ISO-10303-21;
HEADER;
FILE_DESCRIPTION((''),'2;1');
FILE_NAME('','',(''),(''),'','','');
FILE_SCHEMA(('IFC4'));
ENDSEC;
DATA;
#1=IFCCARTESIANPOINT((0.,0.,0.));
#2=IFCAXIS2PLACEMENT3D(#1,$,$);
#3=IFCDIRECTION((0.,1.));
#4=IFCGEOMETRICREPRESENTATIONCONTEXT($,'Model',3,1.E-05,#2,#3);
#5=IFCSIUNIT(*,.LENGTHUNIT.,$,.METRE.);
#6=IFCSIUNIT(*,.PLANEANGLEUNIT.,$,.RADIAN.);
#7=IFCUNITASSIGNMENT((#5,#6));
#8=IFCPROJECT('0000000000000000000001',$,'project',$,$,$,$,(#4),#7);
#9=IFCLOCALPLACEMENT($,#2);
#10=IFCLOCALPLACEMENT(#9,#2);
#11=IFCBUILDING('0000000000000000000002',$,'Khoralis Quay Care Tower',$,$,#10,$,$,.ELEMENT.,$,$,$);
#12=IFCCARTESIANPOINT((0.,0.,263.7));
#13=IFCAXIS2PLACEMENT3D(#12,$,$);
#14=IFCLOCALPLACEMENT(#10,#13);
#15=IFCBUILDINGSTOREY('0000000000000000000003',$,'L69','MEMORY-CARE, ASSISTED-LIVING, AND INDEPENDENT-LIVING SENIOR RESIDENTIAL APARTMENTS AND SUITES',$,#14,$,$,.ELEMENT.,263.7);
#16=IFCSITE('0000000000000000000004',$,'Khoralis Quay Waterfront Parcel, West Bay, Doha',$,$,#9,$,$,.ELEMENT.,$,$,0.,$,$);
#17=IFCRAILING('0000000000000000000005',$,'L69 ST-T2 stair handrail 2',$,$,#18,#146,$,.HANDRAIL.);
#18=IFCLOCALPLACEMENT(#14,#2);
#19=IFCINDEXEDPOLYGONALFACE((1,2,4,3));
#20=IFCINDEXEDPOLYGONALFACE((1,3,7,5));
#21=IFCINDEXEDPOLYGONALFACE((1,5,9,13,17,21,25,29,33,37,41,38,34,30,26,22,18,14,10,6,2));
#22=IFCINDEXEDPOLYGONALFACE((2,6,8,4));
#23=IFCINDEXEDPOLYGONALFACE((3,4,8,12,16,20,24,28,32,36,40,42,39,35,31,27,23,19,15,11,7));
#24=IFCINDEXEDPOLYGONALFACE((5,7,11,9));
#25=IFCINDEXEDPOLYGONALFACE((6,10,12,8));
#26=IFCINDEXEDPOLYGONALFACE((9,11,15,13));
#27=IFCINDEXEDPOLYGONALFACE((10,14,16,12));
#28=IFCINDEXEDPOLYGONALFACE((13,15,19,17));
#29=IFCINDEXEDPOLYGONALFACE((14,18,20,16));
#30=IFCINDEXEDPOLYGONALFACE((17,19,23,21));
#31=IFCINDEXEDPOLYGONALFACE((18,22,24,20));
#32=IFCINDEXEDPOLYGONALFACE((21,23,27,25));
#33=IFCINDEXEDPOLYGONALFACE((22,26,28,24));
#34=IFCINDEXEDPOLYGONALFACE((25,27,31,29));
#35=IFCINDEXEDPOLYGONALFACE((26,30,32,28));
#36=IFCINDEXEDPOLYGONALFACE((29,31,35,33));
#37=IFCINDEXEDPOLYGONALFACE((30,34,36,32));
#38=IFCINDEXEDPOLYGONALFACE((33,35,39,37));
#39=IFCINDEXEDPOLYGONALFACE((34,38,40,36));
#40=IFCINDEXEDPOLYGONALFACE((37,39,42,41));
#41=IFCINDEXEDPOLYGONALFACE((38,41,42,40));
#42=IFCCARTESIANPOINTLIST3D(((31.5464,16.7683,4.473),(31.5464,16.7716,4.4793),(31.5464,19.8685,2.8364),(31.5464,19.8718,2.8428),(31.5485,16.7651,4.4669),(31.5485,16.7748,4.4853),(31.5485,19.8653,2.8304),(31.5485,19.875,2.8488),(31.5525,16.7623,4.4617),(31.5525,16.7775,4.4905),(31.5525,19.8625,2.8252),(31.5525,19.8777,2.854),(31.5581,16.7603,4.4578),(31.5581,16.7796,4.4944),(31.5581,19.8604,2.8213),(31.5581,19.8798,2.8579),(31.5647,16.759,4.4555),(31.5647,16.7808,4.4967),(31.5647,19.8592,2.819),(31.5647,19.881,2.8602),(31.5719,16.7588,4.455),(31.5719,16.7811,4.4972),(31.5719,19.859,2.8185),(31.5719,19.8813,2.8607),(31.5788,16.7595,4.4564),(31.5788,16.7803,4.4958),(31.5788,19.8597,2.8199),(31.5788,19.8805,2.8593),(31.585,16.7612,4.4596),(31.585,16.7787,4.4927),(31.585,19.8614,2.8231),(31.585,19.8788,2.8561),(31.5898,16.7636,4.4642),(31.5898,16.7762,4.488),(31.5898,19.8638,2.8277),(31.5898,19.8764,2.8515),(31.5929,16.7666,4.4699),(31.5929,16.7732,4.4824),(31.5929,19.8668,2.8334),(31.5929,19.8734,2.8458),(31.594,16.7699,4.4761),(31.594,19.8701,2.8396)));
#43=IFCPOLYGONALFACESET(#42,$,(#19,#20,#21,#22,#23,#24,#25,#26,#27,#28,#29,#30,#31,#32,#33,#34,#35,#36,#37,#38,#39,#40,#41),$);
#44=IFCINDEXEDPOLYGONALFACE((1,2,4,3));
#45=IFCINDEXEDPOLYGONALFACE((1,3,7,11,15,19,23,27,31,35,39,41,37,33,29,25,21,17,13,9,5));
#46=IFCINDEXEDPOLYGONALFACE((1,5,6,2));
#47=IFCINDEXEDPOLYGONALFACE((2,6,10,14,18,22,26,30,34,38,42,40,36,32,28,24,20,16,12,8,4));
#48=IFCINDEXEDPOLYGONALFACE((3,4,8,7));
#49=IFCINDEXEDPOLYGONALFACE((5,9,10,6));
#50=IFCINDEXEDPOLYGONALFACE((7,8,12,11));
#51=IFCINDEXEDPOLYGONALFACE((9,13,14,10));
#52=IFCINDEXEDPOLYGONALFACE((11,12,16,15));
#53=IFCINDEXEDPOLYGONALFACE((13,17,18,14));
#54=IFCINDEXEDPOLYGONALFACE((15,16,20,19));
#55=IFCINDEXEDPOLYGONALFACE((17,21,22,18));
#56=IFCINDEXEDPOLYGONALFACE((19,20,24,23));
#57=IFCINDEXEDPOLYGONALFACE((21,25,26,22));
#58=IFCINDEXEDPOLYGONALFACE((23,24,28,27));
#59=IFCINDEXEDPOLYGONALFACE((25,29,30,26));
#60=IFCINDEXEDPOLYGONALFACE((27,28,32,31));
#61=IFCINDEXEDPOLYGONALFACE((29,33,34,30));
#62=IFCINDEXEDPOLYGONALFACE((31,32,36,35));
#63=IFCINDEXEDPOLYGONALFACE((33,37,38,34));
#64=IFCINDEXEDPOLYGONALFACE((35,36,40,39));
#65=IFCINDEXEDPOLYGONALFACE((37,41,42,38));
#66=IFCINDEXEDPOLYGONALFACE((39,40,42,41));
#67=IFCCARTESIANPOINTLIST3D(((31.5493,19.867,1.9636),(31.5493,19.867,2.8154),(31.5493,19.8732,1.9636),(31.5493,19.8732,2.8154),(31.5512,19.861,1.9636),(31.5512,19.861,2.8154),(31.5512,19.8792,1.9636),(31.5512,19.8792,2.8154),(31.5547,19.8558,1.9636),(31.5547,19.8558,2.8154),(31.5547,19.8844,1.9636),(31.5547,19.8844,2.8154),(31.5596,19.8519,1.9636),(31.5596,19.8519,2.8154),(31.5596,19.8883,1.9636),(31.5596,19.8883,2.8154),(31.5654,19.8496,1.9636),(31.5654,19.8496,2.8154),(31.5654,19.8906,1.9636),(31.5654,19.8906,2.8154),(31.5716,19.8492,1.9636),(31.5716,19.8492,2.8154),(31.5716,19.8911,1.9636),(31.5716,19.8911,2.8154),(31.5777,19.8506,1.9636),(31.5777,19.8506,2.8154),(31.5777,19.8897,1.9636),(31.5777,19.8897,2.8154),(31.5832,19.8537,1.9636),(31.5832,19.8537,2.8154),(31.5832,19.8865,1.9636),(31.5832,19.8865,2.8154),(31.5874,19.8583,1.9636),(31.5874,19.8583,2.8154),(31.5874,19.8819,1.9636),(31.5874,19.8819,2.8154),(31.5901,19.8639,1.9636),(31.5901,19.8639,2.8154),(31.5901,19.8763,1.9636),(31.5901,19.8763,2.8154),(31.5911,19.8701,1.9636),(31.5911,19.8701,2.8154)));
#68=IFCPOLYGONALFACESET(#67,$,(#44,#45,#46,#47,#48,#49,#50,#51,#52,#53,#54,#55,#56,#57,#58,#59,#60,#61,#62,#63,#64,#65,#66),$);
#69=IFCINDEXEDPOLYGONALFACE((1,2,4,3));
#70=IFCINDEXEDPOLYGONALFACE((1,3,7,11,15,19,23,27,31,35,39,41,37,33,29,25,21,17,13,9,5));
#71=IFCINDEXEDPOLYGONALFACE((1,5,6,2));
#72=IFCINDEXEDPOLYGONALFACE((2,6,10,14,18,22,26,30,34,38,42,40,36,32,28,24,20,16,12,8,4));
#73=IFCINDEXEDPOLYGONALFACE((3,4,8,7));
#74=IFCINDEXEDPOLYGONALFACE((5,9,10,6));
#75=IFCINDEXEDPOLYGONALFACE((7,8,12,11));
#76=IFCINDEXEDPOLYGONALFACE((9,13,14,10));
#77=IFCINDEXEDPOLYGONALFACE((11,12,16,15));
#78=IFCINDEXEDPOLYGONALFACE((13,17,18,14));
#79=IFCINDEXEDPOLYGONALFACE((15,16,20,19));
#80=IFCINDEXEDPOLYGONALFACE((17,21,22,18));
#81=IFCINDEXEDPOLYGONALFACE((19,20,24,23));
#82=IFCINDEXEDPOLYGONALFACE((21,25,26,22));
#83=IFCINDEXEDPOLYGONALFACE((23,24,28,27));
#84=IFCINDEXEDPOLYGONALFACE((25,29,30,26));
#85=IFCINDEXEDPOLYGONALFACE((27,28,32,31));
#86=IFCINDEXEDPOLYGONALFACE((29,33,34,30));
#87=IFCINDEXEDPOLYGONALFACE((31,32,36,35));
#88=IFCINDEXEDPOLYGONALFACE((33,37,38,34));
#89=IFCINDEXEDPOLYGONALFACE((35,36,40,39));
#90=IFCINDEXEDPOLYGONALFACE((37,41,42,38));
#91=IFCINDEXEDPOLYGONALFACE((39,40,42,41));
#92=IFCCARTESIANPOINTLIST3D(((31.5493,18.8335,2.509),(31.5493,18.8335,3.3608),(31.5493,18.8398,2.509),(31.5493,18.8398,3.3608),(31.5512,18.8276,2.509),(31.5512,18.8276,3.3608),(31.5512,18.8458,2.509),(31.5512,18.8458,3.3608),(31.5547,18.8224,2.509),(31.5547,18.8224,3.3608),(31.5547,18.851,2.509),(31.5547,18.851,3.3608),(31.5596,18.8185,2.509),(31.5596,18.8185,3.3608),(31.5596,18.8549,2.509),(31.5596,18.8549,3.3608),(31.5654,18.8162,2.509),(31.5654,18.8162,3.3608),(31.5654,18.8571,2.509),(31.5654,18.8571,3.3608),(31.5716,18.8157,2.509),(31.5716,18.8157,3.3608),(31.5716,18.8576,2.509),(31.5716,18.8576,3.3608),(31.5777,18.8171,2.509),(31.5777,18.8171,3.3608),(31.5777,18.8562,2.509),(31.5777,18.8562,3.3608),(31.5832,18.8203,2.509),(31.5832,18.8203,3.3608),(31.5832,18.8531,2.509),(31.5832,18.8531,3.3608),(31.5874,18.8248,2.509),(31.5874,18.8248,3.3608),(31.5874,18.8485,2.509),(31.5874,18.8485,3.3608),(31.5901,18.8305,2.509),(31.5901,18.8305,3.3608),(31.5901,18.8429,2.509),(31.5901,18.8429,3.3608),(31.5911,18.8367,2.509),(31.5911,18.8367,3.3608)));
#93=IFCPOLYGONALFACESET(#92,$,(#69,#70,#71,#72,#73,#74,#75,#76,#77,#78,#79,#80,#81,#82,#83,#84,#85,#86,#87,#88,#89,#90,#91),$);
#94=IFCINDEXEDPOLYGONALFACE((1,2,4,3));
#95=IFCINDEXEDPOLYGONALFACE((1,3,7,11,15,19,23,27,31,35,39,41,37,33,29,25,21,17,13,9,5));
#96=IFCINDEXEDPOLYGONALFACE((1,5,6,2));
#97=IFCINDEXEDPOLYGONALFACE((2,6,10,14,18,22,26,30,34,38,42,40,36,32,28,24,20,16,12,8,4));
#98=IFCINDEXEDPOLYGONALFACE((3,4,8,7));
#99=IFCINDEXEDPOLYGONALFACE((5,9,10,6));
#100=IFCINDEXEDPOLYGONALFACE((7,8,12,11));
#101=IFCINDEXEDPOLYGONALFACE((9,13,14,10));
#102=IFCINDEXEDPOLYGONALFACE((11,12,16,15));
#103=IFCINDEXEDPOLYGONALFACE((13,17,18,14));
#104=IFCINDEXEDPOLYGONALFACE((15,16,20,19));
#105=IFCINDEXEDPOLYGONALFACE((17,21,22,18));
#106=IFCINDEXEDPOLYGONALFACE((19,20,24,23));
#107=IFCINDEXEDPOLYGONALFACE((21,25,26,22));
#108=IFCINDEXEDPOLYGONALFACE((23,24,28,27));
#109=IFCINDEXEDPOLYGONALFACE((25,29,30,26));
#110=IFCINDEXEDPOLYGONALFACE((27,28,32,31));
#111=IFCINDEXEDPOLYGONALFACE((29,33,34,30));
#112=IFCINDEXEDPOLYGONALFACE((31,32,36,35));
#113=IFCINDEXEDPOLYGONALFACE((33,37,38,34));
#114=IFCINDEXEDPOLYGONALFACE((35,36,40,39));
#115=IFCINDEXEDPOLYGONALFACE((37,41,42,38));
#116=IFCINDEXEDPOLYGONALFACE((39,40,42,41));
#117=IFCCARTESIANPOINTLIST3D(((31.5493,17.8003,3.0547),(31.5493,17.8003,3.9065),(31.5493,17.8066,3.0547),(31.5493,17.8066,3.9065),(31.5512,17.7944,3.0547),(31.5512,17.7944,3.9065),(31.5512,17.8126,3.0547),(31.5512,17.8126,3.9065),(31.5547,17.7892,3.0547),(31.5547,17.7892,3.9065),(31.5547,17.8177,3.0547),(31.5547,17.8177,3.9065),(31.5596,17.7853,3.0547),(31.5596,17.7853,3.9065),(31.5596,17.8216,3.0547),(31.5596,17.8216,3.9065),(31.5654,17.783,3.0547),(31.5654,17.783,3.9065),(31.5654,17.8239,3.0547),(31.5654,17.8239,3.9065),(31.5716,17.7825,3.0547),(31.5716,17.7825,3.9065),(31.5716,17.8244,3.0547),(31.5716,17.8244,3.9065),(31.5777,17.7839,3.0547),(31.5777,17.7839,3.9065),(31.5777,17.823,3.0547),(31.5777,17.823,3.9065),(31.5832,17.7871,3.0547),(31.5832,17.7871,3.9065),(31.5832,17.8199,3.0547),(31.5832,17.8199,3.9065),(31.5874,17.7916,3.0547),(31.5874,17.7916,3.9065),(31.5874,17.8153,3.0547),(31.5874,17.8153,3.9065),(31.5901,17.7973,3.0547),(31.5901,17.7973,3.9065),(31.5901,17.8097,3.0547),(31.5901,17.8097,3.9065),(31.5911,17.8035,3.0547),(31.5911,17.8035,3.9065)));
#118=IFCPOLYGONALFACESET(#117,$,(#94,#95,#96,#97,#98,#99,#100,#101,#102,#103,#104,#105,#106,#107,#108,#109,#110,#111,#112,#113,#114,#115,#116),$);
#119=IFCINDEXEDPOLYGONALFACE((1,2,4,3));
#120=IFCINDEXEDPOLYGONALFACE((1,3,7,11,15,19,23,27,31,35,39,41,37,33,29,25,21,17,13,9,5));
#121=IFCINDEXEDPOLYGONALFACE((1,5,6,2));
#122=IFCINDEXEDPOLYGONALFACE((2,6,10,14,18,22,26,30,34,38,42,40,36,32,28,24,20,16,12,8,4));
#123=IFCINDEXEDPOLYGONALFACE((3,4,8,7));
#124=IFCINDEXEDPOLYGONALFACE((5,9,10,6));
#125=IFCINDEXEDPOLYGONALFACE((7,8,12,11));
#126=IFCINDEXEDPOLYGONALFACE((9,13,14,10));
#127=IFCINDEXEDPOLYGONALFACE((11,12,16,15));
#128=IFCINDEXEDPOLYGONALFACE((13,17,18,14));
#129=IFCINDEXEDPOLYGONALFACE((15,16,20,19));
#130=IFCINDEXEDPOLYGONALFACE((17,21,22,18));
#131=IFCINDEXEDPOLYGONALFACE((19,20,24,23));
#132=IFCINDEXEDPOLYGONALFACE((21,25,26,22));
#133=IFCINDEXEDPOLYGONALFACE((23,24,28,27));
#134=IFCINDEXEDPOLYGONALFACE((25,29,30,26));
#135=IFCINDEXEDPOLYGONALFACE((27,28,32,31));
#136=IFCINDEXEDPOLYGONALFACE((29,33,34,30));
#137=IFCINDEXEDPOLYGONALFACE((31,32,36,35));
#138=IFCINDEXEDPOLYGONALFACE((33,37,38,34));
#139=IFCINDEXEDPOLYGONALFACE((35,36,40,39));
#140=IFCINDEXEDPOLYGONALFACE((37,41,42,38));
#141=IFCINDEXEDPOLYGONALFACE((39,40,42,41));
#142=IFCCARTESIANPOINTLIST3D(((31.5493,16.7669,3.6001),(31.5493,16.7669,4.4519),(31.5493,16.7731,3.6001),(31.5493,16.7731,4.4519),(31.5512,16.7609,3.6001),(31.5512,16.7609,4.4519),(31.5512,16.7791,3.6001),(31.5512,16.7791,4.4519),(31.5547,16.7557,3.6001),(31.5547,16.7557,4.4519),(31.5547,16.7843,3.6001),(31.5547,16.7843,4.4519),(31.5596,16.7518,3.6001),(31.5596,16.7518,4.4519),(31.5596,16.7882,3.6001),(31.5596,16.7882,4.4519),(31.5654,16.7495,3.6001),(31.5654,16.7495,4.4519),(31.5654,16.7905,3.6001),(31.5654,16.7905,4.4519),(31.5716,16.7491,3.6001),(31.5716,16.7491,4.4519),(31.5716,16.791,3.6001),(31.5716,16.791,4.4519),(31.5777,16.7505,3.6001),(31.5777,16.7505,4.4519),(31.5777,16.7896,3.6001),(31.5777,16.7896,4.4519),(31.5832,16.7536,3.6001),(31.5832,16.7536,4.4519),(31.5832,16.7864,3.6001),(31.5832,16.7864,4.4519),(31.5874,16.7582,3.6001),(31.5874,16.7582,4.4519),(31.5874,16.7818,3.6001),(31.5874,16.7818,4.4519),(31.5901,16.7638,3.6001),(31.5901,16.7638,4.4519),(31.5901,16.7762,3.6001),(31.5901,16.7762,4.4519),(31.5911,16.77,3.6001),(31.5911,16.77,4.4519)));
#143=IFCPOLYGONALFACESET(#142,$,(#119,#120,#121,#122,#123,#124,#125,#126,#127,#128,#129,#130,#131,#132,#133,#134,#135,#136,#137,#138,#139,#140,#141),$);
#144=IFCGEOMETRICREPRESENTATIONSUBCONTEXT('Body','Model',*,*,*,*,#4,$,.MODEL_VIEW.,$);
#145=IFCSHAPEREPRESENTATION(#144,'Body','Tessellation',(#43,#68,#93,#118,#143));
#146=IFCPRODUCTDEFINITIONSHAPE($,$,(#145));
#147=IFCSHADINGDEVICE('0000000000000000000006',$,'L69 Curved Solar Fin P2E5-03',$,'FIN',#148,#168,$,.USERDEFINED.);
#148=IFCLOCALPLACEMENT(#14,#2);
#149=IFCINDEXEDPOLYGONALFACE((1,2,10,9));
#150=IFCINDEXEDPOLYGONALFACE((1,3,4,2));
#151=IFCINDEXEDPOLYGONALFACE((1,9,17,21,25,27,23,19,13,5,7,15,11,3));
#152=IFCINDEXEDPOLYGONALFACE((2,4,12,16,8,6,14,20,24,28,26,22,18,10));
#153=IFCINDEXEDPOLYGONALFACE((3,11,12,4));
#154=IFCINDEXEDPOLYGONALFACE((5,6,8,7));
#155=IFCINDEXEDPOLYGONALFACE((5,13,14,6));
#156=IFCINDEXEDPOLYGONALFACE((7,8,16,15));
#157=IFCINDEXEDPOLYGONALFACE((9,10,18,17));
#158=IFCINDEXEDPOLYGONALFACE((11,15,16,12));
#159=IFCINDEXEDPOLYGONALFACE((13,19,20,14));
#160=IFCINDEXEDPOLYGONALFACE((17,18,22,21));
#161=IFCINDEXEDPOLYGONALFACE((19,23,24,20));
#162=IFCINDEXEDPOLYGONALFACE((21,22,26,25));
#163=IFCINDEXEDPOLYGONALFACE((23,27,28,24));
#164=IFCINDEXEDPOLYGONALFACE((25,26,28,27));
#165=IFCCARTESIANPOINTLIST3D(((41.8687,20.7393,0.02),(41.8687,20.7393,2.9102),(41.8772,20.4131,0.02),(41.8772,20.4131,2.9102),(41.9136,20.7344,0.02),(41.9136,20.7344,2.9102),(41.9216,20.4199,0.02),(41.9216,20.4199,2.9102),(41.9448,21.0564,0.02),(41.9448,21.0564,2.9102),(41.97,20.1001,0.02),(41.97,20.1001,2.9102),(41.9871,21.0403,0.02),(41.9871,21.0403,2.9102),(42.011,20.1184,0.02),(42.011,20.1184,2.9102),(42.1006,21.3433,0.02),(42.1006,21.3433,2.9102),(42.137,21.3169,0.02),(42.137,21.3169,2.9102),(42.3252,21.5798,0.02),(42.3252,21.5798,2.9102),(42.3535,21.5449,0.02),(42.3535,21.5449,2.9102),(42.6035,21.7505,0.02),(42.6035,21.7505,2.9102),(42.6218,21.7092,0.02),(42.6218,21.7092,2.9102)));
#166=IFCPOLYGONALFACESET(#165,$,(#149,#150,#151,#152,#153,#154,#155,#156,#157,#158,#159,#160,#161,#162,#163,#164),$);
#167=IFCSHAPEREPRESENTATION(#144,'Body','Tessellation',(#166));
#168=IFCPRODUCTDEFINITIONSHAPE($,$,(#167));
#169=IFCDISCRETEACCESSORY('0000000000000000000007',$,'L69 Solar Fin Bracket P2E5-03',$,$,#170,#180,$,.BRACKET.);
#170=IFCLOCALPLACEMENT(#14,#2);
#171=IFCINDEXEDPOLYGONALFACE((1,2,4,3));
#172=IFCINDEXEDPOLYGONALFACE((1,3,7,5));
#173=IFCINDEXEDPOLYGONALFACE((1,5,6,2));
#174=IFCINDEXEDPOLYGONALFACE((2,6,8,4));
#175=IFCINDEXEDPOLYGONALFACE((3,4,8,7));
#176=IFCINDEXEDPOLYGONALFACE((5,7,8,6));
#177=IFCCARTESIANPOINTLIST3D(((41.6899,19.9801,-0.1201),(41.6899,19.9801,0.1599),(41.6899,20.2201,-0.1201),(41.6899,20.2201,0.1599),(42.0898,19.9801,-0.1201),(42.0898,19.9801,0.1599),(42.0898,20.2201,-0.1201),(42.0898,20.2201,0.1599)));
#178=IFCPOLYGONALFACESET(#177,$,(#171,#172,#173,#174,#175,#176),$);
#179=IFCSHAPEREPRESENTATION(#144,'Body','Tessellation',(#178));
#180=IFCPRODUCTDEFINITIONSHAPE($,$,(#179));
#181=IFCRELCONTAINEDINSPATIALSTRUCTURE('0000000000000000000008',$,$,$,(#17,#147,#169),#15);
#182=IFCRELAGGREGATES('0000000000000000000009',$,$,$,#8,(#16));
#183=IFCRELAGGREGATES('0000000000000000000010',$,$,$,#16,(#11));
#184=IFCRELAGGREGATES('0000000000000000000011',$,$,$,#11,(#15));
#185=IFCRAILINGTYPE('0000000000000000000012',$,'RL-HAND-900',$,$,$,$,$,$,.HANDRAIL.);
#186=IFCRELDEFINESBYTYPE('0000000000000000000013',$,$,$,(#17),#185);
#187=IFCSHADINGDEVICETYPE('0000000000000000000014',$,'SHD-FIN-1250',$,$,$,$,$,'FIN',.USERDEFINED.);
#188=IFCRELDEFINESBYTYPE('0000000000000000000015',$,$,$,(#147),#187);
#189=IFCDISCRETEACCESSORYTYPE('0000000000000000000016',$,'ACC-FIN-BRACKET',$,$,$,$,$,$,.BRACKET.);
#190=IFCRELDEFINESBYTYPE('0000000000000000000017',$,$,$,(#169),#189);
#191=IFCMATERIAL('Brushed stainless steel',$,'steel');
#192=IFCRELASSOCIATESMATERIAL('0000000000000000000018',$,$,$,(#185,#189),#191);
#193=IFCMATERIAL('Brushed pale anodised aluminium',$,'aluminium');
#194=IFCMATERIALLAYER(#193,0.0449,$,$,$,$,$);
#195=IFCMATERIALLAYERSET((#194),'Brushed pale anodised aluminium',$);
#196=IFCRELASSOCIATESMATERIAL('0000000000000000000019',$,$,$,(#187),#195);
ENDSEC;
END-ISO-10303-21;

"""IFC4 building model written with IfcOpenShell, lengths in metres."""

from ifc_helpers import new_model, si_unit, direction, frame, origin, origin_2d, place, context, subcontext, project, spatial, polyline, rectangle, circle, outline, extrude, source, transform, mapped, material, layer, layer_set, type_object, element, save


model = new_model("IFC4")

# Units and contexts
model_context = context("Model", 3, precision=1e-05, world=origin(), true_north=direction((0.0, 1.0)))
body_context = subcontext(model_context, "Body", "Model", "MODEL_VIEW")
ifc_project = project(units=[si_unit("LENGTHUNIT", "METRE"), si_unit("PLANEANGLEUNIT", "RADIAN")], contexts=[model_context])

# Site, building, storey
site_placement = place(None, origin())
site = spatial("IfcSite", under=ifc_project, at=site_placement, Name="Khoralis Quay Waterfront Parcel, West Bay, Doha", CompositionType="ELEMENT", RefElevation=0.0)
building_placement = place(site_placement, origin())
building = spatial("IfcBuilding", under=site, at=building_placement, Name="Khoralis Quay Care Tower", CompositionType="ELEMENT")
storey_placement = place(building_placement, frame((0.0, 0.0, 263.7)))
storey = spatial("IfcBuildingStorey", under=building, at=storey_placement, Name="L69", Description="MEMORY-CARE, ASSISTED-LIVING, AND INDEPENDENT-LIVING SENIOR RESIDENTIAL APARTMENTS AND SUITES", CompositionType="ELEMENT", Elevation=263.7)

# Railing
ifc_material_1 = material(Name="Brushed stainless steel", Category="steel")
railing_type_1 = type_object("IfcRailingType", Name="RL-HAND-900", PredefinedType="HANDRAIL", material=ifc_material_1)
railing_1_placement = place(storey_placement, frame((31.5701, 19.8701, 1.9636)))
element("IfcRailing", 1, at=railing_1_placement, inside=storey, type_object=railing_type_1, Name="L69 ST-T2 stair handrail 2", PredefinedType="HANDRAIL", context=body_context, shape_type="SweptSolid", body=[
    extrude(circle(Radius=0.0239, at=origin_2d()), frame((0.0, 0.0, 0.876), z_axis=(0.0, -0.884348, 0.466828), x_axis=(1.0, 0.0, 0.0)), (0.0, 0.0, 1.0), 3.5056),
    extrude(circle(Radius=0.021, at=origin_2d()), origin(), (0.0, 0.0, 1.0), 0.8518),
    extrude(circle(Radius=0.021, at=origin_2d()), frame((0.0, -1.0334, 0.5454)), (0.0, 0.0, 1.0), 0.8518),
    extrude(circle(Radius=0.021, at=origin_2d()), frame((0.0, -2.0667, 1.0911)), (0.0, 0.0, 1.0), 0.8518),
    extrude(circle(Radius=0.021, at=origin_2d()), frame((0.0, -3.1001, 1.6365)), (0.0, 0.0, 1.0), 0.8518),
])

# Shading device
ifc_material_2 = material(Name="Brushed pale anodised aluminium", Category="aluminium")
ifc_layer_1 = layer(ifc_material_2, 0.0449)
ifc_layer_set_1 = layer_set([ifc_layer_1], Name="Brushed pale anodised aluminium")
shading_device_type = type_object("IfcShadingDeviceType", Name="SHD-FIN-1250", ElementType="FIN", PredefinedType="USERDEFINED", material=ifc_layer_set_1)
shared_shape_1 = source(origin(), body_context, "Body", "SweptSolid", [
    extrude(outline(polyline([(0.0, 0.0), (-0.0928, 0.313), (-0.1013, 0.6392), (-0.0251, 0.9563), (0.1306, 1.2432), (0.3552, 1.4797), (0.6335, 1.6504), (0.6519, 1.6091), (0.3835, 1.4448), (0.167, 1.2168), (0.0171, 0.9402), (-0.0564, 0.6343), (-0.0483, 0.3198), (0.041, 0.0183), (0.0, 0.0)])), origin(), (0.0, 0.0, 1.0), 2.8901),
])
shading_device_placement = place(storey_placement, frame((41.97, 20.1001, 0.02), z_axis=(0.0, 0.0, 1.0), x_axis=(1.0, 0.0, 0.0)))
element("IfcShadingDevice", 2, at=shading_device_placement, inside=storey, type_object=shading_device_type, Name="L69 Curved Solar Fin P2E5-03", ObjectType="FIN", PredefinedType="USERDEFINED", context=body_context, shape_type="MappedRepresentation", body=[
    mapped(shared_shape_1, transform((0.0, 0.0, 0.0), scale=1.0)),
])

# Discrete accessory
discrete_accessory_type = type_object("IfcDiscreteAccessoryType", Name="ACC-FIN-BRACKET", PredefinedType="BRACKET", material=ifc_material_1)
shared_shape_2 = source(origin(), body_context, "Body", "SweptSolid", [
    extrude(rectangle(XDim=0.3999, YDim=0.24, at=origin_2d()), origin(), (0.0, 0.0, 1.0), 0.28),
])
discrete_accessory_placement = place(storey_placement, frame((41.8899, 20.1001, -0.1201), z_axis=(0.0, 0.0, 1.0), x_axis=(1.0, 0.0, 0.0)))
element("IfcDiscreteAccessory", 3, at=discrete_accessory_placement, inside=storey, type_object=discrete_accessory_type, Name="L69 Solar Fin Bracket P2E5-03", PredefinedType="BRACKET", context=body_context, shape_type="MappedRepresentation", body=[
    mapped(shared_shape_2, transform((0.0, 0.0, 0.0), scale=1.0)),
])

save(model, "model.ifc")
